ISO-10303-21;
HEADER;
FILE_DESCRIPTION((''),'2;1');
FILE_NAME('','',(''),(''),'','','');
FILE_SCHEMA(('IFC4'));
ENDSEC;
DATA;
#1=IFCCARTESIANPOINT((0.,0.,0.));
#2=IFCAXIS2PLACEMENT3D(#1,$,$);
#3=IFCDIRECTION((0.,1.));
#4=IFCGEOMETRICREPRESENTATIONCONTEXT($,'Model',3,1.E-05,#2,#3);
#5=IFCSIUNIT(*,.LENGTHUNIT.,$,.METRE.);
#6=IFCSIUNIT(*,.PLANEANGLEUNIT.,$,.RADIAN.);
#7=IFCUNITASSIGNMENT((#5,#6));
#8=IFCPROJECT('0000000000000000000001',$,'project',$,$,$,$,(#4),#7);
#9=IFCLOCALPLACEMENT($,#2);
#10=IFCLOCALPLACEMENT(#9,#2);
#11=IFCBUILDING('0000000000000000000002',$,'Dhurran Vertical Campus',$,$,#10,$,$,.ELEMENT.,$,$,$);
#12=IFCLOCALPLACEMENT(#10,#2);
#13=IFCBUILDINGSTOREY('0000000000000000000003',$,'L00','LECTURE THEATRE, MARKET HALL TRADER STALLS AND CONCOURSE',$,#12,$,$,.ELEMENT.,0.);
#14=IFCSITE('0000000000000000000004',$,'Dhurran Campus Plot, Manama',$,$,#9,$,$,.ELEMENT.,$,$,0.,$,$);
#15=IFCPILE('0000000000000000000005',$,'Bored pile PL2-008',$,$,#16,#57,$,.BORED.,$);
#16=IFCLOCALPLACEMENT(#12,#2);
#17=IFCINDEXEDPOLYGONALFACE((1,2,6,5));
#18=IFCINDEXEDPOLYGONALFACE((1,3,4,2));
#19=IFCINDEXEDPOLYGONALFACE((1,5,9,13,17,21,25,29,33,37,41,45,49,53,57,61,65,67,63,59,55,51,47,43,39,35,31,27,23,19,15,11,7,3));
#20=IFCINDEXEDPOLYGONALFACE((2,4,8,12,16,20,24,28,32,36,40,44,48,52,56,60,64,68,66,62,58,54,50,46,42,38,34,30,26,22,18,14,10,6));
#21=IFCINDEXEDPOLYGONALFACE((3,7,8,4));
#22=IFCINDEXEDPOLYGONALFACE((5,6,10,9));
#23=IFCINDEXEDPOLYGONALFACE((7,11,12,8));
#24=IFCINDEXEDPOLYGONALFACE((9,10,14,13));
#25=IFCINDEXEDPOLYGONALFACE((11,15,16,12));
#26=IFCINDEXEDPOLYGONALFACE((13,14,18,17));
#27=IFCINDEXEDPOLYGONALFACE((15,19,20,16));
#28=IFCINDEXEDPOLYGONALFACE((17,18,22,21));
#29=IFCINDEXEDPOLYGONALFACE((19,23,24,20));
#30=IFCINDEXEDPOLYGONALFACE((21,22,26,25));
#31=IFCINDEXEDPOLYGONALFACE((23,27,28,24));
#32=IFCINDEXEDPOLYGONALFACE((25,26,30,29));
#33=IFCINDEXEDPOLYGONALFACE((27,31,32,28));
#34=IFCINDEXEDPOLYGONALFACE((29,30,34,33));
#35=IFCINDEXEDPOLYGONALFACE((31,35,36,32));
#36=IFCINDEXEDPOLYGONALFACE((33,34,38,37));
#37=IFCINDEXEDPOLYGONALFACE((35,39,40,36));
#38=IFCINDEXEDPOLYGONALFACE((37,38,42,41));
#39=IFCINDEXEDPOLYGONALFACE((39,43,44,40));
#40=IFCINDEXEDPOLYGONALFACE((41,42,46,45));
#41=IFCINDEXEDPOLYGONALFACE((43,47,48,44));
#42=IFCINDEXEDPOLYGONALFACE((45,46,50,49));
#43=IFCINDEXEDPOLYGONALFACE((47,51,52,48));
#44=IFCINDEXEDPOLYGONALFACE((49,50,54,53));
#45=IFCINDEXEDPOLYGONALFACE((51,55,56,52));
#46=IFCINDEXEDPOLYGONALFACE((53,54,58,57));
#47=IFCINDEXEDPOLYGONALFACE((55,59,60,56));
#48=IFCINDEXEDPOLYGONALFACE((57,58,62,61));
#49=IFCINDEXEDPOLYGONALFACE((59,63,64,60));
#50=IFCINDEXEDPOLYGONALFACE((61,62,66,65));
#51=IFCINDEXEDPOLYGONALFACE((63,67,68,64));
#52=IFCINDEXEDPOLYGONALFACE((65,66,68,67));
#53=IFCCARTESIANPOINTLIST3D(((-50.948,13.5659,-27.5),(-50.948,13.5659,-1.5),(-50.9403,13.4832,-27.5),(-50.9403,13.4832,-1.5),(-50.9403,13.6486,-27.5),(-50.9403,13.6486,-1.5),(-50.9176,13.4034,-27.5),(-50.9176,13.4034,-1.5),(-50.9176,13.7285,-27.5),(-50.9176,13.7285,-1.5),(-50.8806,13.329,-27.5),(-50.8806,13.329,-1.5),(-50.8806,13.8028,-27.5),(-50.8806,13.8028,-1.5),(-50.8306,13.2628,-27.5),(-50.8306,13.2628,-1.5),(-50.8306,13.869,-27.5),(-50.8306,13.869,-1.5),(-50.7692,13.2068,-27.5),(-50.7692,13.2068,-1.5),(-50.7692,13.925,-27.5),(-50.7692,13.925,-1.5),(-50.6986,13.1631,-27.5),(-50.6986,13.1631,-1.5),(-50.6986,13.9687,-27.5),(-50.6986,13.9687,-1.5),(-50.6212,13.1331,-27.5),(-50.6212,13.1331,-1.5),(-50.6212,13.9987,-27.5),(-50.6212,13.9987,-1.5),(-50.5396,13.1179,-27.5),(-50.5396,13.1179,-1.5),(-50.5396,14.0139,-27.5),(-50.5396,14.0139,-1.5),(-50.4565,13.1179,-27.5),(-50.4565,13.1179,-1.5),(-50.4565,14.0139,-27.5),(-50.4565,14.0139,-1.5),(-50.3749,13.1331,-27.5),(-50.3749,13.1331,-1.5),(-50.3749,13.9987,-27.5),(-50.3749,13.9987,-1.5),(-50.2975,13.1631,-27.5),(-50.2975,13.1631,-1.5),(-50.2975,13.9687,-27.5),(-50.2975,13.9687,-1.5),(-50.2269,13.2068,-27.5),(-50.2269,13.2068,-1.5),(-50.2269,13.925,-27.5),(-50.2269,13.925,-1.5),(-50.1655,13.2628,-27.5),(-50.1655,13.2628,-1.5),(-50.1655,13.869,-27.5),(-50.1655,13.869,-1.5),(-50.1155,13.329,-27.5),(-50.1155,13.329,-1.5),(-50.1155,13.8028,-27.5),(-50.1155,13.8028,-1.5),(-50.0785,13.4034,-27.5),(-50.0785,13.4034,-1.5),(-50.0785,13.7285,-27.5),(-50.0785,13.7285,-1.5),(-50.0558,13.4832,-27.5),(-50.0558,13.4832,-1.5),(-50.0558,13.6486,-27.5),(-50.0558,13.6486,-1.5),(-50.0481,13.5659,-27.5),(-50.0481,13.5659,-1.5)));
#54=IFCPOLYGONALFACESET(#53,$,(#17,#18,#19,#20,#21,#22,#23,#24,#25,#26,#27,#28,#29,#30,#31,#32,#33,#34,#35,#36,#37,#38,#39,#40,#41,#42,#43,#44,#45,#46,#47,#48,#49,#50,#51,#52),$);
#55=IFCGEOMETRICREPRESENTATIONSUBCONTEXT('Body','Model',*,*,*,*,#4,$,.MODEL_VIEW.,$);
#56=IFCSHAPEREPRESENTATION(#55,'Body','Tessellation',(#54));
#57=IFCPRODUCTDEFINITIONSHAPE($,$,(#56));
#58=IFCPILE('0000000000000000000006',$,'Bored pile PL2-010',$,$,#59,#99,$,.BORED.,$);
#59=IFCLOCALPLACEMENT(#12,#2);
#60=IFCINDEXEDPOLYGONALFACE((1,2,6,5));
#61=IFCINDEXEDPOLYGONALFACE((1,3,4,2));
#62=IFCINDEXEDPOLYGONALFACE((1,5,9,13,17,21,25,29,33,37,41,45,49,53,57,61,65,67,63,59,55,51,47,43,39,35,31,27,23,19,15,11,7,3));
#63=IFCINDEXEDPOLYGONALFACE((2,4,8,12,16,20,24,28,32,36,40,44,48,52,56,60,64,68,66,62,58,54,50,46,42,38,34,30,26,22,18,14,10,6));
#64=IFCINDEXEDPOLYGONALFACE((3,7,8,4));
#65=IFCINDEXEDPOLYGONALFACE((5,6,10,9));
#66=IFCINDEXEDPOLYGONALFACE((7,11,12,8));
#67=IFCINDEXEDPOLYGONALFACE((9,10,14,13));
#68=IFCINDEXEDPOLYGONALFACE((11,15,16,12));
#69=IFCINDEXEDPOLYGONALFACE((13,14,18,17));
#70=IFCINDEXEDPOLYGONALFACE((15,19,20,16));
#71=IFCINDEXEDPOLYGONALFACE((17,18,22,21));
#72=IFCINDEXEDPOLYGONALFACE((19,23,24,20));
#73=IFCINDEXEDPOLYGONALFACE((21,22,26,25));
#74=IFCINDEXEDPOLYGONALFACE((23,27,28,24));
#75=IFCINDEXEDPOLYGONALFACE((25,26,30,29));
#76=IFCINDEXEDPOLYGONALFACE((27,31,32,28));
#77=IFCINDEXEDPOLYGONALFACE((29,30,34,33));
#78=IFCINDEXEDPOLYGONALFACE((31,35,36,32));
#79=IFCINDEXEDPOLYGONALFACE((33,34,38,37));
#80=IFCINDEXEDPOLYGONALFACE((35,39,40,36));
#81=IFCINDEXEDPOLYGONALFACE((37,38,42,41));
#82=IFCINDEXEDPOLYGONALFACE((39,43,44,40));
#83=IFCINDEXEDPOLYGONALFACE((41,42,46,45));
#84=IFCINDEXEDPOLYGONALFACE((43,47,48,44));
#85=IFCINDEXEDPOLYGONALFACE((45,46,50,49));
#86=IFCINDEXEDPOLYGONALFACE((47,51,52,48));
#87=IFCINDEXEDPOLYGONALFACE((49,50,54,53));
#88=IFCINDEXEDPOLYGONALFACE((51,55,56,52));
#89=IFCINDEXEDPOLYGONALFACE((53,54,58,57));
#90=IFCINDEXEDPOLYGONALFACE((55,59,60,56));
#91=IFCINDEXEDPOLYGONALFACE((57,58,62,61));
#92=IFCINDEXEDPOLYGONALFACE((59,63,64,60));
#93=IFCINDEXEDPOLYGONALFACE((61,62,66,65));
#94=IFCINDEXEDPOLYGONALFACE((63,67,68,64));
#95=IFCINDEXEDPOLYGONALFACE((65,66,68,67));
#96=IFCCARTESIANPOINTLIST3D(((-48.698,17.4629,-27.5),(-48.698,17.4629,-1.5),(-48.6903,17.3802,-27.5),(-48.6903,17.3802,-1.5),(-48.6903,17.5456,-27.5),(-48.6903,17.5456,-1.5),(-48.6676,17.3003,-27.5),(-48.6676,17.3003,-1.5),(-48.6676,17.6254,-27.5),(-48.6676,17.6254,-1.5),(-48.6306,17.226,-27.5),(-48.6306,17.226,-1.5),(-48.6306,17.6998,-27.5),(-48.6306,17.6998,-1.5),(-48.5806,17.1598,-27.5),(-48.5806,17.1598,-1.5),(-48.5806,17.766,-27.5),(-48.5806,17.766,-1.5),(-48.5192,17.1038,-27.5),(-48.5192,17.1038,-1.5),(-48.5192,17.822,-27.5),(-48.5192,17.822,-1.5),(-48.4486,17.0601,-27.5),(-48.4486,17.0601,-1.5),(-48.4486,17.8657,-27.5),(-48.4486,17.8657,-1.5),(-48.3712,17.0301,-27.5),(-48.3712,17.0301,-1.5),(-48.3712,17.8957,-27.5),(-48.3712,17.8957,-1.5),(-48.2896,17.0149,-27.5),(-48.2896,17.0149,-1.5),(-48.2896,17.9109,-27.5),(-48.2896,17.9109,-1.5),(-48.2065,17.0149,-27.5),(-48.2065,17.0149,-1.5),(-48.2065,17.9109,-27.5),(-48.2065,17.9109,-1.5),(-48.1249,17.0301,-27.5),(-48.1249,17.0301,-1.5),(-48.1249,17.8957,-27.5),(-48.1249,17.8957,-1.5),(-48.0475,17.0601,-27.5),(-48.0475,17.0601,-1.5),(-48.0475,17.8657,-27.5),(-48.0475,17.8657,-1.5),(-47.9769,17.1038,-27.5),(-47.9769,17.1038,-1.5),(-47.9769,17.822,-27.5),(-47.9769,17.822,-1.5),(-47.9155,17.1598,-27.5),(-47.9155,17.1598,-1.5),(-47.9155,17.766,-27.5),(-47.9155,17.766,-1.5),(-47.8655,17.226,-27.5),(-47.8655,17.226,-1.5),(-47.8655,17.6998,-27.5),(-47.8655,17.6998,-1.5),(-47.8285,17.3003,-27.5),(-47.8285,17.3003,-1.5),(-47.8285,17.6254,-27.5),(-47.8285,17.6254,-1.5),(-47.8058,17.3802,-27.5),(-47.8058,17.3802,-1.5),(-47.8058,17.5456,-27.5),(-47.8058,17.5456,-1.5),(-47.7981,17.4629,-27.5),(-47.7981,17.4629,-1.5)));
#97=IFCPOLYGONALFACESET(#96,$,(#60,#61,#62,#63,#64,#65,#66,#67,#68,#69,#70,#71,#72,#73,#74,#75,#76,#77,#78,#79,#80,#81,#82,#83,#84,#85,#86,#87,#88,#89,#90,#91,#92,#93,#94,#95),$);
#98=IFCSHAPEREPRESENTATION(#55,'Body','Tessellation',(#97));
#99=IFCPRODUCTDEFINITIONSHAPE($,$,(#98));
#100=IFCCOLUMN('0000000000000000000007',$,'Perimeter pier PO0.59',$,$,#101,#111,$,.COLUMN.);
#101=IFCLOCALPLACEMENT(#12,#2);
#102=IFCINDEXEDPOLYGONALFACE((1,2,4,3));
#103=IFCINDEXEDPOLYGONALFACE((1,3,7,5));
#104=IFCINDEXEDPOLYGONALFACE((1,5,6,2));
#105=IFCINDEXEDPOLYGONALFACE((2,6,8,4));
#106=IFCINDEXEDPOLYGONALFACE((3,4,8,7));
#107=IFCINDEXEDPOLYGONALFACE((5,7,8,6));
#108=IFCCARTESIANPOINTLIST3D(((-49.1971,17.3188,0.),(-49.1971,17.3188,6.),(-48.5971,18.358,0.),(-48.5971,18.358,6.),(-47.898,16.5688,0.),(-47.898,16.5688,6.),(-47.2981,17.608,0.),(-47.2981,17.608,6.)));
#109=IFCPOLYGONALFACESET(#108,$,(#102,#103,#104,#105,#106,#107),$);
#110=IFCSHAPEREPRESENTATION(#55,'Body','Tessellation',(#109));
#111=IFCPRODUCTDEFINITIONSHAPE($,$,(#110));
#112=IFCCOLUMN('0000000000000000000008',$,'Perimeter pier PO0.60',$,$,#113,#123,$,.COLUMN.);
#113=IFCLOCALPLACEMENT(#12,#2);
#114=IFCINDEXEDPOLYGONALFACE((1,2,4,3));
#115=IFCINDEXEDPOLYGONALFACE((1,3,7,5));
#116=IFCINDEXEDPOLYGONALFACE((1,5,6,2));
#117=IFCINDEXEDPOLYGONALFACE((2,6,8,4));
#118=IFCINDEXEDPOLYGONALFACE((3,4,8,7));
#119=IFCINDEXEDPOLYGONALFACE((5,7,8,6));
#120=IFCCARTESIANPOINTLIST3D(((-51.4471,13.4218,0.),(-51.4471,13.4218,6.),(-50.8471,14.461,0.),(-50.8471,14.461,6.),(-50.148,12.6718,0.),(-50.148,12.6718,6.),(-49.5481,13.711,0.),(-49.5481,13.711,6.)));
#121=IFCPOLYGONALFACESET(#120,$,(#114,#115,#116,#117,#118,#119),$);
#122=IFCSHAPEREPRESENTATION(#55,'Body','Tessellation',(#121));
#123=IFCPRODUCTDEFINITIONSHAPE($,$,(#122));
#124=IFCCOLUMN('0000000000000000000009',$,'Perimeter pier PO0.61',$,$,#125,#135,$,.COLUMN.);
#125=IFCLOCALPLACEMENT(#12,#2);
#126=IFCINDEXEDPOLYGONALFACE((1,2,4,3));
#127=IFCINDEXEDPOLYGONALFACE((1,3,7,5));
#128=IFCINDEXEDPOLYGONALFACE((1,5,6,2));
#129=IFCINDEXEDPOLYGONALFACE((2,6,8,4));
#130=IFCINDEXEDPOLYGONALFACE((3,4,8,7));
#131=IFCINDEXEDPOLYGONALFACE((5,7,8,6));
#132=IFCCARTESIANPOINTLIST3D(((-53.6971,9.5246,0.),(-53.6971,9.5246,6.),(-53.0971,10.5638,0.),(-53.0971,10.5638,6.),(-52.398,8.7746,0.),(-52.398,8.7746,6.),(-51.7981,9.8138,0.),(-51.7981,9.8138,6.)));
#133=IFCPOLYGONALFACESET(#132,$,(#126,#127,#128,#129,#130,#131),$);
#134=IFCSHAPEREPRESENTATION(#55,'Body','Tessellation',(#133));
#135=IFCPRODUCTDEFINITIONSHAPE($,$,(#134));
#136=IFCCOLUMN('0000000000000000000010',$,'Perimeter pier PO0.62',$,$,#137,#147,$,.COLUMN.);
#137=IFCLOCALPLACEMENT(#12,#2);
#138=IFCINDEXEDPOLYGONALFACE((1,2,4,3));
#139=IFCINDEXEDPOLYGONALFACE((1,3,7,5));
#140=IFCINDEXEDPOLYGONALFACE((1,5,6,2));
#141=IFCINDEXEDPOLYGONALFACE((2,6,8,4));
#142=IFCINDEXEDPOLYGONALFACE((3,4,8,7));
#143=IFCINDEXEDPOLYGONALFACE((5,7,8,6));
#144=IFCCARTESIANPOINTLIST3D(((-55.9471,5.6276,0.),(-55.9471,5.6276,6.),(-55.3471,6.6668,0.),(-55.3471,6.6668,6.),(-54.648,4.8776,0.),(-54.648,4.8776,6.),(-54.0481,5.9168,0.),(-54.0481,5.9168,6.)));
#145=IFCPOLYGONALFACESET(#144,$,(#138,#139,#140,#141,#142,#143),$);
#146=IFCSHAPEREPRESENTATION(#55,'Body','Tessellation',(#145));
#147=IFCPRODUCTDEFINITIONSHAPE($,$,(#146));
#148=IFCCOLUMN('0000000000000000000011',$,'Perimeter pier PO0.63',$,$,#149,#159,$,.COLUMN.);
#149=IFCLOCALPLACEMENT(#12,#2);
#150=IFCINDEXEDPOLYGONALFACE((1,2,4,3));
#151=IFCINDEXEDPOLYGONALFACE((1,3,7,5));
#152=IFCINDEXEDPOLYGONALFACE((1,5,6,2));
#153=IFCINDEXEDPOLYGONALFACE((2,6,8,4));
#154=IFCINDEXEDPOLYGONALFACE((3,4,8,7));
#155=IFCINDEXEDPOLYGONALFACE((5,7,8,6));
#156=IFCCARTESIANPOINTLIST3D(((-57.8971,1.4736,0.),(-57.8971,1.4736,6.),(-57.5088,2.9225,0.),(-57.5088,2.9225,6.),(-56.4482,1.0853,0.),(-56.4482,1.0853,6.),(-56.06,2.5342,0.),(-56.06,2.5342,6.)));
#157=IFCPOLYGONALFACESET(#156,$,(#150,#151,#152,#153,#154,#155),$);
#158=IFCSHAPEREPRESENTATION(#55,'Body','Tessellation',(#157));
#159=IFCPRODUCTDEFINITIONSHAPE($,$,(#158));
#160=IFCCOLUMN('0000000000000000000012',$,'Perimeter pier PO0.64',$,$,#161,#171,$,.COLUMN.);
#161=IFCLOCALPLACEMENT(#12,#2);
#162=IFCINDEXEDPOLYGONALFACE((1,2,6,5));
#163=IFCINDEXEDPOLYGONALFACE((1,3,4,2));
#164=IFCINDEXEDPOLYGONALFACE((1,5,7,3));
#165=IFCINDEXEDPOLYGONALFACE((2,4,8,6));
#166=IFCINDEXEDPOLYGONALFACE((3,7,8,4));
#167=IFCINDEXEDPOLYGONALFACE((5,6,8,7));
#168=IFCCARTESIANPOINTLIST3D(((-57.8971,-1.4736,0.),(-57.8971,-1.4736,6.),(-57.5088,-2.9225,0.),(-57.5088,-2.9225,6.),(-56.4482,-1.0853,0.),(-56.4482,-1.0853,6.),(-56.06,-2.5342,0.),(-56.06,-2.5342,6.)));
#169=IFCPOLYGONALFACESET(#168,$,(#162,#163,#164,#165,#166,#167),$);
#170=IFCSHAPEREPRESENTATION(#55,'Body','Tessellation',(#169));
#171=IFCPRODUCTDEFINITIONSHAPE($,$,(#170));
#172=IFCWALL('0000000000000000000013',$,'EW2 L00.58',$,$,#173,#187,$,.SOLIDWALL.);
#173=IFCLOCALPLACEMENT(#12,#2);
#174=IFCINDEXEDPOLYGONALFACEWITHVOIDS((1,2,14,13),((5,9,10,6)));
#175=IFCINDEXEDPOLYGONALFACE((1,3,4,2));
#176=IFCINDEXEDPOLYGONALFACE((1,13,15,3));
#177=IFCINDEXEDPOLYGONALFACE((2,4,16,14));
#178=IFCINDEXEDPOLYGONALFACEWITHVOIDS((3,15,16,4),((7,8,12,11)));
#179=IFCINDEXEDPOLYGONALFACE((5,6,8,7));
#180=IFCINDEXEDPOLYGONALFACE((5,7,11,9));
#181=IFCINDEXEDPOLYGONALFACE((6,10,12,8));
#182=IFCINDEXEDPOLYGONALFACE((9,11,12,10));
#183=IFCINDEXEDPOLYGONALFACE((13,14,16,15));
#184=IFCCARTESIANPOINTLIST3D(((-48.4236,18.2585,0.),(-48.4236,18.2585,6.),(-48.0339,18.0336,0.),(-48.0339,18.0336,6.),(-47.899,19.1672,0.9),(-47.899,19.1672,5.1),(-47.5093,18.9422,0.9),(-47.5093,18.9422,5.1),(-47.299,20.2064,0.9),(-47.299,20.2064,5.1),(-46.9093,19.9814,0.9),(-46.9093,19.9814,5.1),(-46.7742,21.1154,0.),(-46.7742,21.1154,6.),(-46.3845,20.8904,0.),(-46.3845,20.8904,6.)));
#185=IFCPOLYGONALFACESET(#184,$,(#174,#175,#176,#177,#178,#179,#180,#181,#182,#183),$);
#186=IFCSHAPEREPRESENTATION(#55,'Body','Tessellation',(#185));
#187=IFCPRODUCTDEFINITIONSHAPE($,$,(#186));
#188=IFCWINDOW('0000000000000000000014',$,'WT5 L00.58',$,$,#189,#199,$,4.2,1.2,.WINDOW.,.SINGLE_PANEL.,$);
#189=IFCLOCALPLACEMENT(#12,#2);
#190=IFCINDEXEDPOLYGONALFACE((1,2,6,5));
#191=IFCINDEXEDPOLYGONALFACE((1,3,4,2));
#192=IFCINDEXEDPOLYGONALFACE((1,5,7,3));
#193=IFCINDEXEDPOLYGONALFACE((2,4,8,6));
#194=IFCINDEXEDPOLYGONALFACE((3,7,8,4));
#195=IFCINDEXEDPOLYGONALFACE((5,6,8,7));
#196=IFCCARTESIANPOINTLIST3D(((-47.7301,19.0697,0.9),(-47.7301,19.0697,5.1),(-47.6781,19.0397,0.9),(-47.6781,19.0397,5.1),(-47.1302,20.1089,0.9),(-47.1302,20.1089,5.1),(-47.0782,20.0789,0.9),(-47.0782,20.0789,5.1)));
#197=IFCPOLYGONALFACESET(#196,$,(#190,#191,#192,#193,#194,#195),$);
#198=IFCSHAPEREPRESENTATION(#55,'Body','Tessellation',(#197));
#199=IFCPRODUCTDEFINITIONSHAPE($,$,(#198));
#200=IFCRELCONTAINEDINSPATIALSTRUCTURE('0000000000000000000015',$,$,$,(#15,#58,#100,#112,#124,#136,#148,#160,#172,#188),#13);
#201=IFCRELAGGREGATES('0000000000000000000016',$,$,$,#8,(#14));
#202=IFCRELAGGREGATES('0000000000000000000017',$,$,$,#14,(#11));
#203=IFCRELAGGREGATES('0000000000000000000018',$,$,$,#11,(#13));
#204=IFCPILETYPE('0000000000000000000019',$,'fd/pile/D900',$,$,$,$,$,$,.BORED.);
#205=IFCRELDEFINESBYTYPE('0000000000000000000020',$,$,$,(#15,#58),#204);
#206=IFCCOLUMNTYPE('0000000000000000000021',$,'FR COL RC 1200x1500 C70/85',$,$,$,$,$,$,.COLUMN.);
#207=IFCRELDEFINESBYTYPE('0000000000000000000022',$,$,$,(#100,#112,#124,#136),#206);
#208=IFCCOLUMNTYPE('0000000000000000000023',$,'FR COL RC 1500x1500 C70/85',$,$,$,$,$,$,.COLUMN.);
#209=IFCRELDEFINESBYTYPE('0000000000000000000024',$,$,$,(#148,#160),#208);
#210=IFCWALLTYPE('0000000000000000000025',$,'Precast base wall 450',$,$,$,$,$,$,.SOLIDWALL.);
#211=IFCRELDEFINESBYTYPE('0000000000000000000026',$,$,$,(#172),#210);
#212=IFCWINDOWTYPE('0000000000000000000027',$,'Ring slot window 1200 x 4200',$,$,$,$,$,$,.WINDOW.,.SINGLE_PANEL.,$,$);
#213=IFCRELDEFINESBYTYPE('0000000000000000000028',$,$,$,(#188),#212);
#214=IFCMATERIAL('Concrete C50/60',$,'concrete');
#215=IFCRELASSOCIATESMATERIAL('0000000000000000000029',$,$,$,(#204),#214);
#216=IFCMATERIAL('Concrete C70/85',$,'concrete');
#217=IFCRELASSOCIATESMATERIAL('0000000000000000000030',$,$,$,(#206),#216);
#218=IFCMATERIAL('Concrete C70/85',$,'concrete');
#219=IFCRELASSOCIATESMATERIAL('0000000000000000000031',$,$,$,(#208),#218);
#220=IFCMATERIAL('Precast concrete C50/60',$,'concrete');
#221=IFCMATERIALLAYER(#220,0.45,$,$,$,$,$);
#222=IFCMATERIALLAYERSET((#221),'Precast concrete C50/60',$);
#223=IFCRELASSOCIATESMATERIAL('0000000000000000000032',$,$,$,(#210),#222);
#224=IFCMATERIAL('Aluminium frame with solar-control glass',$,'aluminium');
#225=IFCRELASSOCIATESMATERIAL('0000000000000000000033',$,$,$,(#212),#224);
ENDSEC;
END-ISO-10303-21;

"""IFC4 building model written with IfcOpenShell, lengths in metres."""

from ifc_helpers import new_model, si_unit, direction, frame, frame_2d, origin, origin_2d, place, context, subcontext, project, spatial, rectangle, circle, extrude, material, layer, layer_set, material_profile, profile_set, type_object, element, fill, save


model = new_model("IFC4")

# Units and contexts
model_context = context("Model", 3, precision=1e-05, world=origin(), true_north=direction((0.0, 1.0)))
body_context = subcontext(model_context, "Body", "Model", "MODEL_VIEW")
ifc_project = project(units=[si_unit("LENGTHUNIT", "METRE"), si_unit("PLANEANGLEUNIT", "RADIAN")], contexts=[model_context])

# Site, building, storey
site_placement = place(None, origin())
site = spatial("IfcSite", under=ifc_project, at=site_placement, Name="Dhurran Campus Plot, Manama", CompositionType="ELEMENT", RefElevation=0.0)
building_placement = place(site_placement, origin())
building = spatial("IfcBuilding", under=site, at=building_placement, Name="Dhurran Vertical Campus", CompositionType="ELEMENT")
storey_placement = place(building_placement, origin())
storey = spatial("IfcBuildingStorey", under=building, at=storey_placement, Name="L00", Description="LECTURE THEATRE, MARKET HALL TRADER STALLS AND CONCOURSE", CompositionType="ELEMENT", Elevation=0.0)

# Piles
ifc_material_1 = material(Name="Concrete C50/60", Category="concrete")
ifc_material_profile_1 = material_profile(ifc_material_1, circle(Radius=0.45, at=origin_2d()), Name="fd/pile/D900")
ifc_profile_set_1 = profile_set([ifc_material_profile_1], Name="Concrete C50/60")
pile_type = type_object("IfcPileType", Name="fd/pile/D900", PredefinedType="BORED", material=ifc_profile_set_1)
for number, where, z_axis, x_axis, name in (
    (1, (-50.498, 13.5659, -1.5), (0.0, 0.0, -1.0), (1.0, 0.0, 0.0), "Bored pile PL2-008"),
    (2, (-48.248, 17.4629, -1.5), (0.0, 0.0, -1.0), (1.0, 0.0, 0.0), "Bored pile PL2-010"),
):
    element("IfcPile", number, at=place(storey_placement, frame(where, z_axis=z_axis, x_axis=x_axis)), inside=storey, type_object=pile_type, Name=name, PredefinedType="BORED", context=body_context, shape_type="SweptSolid", body=[
        extrude(circle(Radius=0.45, at=origin_2d()), origin(), (0.0, 0.0, 1.0), 26.0),
    ])

# Columns
ifc_material_2 = material(Name="Concrete C70/85", Category="concrete")
ifc_material_profile_2 = material_profile(ifc_material_2, rectangle(XDim=1.2, YDim=1.5, at=origin_2d()), Name="RC 1200x1500")
ifc_profile_set_2 = profile_set([ifc_material_profile_2], Name="Concrete C70/85")
column_type_1 = type_object("IfcColumnType", Name="FR COL RC 1200x1500 C70/85", PredefinedType="COLUMN", material=ifc_profile_set_2)
for number, where, z_axis, x_axis, name in (
    (3, (-48.2476, 17.4634, 0.0), (0.0, 0.0, 1.0), (-0.5, -0.866025, 0.0), "Perimeter pier PO0.59"),
    (4, (-50.4976, 13.5664, 0.0), (0.0, 0.0, 1.0), (-0.5, -0.866025, 0.0), "Perimeter pier PO0.60"),
    (5, (-52.7476, 9.6692, 0.0), (0.0, 0.0, 1.0), (-0.5, -0.866025, 0.0), "Perimeter pier PO0.61"),
    (6, (-54.9976, 5.7722, 0.0), (0.0, 0.0, 1.0), (-0.5, -0.866025, 0.0), "Perimeter pier PO0.62"),
):
    element("IfcColumn", number, at=place(storey_placement, frame(where, z_axis=z_axis, x_axis=x_axis)), inside=storey, type_object=column_type_1, Name=name, PredefinedType="COLUMN", context=body_context, shape_type="SweptSolid", body=[
        extrude(rectangle(XDim=1.2, YDim=1.5, at=origin_2d()), origin(), (0.0, 0.0, 1.0), 6.0),
    ])
ifc_material_3 = material(Name="Concrete C70/85", Category="concrete")
ifc_material_profile_3 = material_profile(ifc_material_3, rectangle(XDim=1.5, YDim=1.5, at=origin_2d()), Name="RC 1500x1500")
ifc_profile_set_3 = profile_set([ifc_material_profile_3], Name="Concrete C70/85")
column_type_2 = type_object("IfcColumnType", Name="FR COL RC 1500x1500 C70/85", PredefinedType="COLUMN", material=ifc_profile_set_3)
for number, where, z_axis, x_axis, name in (
    (7, (-56.9785, 2.0039, 0.0), (0.0, 0.0, 1.0), (-0.258819, -0.965926, 0.0), "Perimeter pier PO0.63"),
    (8, (-56.9785, -2.0039, 0.0), (0.0, 0.0, 1.0), (0.258819, -0.965926, 0.0), "Perimeter pier PO0.64"),
):
    element("IfcColumn", number, at=place(storey_placement, frame(where, z_axis=z_axis, x_axis=x_axis)), inside=storey, type_object=column_type_2, Name=name, PredefinedType="COLUMN", context=body_context, shape_type="SweptSolid", body=[
        extrude(rectangle(XDim=1.5, YDim=1.5, at=origin_2d()), origin(), (0.0, 0.0, 1.0), 6.0),
    ])

# Wall, opening, window
ifc_material_4 = material(Name="Precast concrete C50/60", Category="concrete")
ifc_layer_1 = layer(ifc_material_4, 0.45)
ifc_layer_set_1 = layer_set([ifc_layer_1], Name="Precast concrete C50/60")
wall_type_1 = type_object("IfcWallType", Name="Precast base wall 450", PredefinedType="SOLIDWALL", material=ifc_layer_set_1)
wall_1_placement = place(storey_placement, frame((-46.5793, 21.0029, 0.0), z_axis=(0.0, 0.0, 1.0), x_axis=(-0.499992, -0.86603, 0.0)))
wall_1 = element("IfcWall", 9, at=wall_1_placement, inside=storey, type_object=wall_type_1, Name="EW2 L00.58", PredefinedType="SOLIDWALL", context=body_context, shape_type="SweptSolid", body=[
    extrude(rectangle(XDim=3.2988, YDim=0.45, at=frame_2d((1.6494, 0.0))), origin(), (0.0, 0.0, 1.0), 6.0),
])
opening_1_placement = place(wall_1_placement, frame((1.0496, 0.0, 0.8999)))
opening_1 = element("IfcOpeningElement", 10, at=opening_1_placement, cuts=wall_1, PredefinedType="OPENING", context=body_context, shape_type="SweptSolid", body=[
    extrude(rectangle(XDim=1.2, YDim=4.2, at=frame_2d((0.6001, 2.1001))), frame((0.0, 0.2349, 0.0), z_axis=(0.0, -1.0, 0.0), x_axis=(1.0, 0.0, 0.0)), (0.0, 0.0, 1.0), 0.47),
])
ifc_material_5 = material(Name="Aluminium frame with solar-control glass", Category="aluminium")
window_type = type_object("IfcWindowType", Name="Ring slot window 1200 x 4200", PartitioningType="SINGLE_PANEL", PredefinedType="WINDOW", material=ifc_material_5)
window_1_placement = place(opening_1_placement, origin())
window_1 = element("IfcWindow", 11, at=window_1_placement, inside=storey, type_object=window_type, Name="WT5 L00.58", OverallHeight=4.2, OverallWidth=1.2, PartitioningType="SINGLE_PANEL", PredefinedType="WINDOW", context=body_context, shape_type="SweptSolid", body=[
    extrude(rectangle(XDim=1.2, YDim=4.2, at=frame_2d((0.6001, 2.1001))), frame((0.0, 0.03, 0.0), z_axis=(0.0, -1.0, 0.0), x_axis=(1.0, 0.0, 0.0)), (0.0, 0.0, 1.0), 0.0601),
])
fill(opening_1, window_1)

save(model, "model.ifc")
